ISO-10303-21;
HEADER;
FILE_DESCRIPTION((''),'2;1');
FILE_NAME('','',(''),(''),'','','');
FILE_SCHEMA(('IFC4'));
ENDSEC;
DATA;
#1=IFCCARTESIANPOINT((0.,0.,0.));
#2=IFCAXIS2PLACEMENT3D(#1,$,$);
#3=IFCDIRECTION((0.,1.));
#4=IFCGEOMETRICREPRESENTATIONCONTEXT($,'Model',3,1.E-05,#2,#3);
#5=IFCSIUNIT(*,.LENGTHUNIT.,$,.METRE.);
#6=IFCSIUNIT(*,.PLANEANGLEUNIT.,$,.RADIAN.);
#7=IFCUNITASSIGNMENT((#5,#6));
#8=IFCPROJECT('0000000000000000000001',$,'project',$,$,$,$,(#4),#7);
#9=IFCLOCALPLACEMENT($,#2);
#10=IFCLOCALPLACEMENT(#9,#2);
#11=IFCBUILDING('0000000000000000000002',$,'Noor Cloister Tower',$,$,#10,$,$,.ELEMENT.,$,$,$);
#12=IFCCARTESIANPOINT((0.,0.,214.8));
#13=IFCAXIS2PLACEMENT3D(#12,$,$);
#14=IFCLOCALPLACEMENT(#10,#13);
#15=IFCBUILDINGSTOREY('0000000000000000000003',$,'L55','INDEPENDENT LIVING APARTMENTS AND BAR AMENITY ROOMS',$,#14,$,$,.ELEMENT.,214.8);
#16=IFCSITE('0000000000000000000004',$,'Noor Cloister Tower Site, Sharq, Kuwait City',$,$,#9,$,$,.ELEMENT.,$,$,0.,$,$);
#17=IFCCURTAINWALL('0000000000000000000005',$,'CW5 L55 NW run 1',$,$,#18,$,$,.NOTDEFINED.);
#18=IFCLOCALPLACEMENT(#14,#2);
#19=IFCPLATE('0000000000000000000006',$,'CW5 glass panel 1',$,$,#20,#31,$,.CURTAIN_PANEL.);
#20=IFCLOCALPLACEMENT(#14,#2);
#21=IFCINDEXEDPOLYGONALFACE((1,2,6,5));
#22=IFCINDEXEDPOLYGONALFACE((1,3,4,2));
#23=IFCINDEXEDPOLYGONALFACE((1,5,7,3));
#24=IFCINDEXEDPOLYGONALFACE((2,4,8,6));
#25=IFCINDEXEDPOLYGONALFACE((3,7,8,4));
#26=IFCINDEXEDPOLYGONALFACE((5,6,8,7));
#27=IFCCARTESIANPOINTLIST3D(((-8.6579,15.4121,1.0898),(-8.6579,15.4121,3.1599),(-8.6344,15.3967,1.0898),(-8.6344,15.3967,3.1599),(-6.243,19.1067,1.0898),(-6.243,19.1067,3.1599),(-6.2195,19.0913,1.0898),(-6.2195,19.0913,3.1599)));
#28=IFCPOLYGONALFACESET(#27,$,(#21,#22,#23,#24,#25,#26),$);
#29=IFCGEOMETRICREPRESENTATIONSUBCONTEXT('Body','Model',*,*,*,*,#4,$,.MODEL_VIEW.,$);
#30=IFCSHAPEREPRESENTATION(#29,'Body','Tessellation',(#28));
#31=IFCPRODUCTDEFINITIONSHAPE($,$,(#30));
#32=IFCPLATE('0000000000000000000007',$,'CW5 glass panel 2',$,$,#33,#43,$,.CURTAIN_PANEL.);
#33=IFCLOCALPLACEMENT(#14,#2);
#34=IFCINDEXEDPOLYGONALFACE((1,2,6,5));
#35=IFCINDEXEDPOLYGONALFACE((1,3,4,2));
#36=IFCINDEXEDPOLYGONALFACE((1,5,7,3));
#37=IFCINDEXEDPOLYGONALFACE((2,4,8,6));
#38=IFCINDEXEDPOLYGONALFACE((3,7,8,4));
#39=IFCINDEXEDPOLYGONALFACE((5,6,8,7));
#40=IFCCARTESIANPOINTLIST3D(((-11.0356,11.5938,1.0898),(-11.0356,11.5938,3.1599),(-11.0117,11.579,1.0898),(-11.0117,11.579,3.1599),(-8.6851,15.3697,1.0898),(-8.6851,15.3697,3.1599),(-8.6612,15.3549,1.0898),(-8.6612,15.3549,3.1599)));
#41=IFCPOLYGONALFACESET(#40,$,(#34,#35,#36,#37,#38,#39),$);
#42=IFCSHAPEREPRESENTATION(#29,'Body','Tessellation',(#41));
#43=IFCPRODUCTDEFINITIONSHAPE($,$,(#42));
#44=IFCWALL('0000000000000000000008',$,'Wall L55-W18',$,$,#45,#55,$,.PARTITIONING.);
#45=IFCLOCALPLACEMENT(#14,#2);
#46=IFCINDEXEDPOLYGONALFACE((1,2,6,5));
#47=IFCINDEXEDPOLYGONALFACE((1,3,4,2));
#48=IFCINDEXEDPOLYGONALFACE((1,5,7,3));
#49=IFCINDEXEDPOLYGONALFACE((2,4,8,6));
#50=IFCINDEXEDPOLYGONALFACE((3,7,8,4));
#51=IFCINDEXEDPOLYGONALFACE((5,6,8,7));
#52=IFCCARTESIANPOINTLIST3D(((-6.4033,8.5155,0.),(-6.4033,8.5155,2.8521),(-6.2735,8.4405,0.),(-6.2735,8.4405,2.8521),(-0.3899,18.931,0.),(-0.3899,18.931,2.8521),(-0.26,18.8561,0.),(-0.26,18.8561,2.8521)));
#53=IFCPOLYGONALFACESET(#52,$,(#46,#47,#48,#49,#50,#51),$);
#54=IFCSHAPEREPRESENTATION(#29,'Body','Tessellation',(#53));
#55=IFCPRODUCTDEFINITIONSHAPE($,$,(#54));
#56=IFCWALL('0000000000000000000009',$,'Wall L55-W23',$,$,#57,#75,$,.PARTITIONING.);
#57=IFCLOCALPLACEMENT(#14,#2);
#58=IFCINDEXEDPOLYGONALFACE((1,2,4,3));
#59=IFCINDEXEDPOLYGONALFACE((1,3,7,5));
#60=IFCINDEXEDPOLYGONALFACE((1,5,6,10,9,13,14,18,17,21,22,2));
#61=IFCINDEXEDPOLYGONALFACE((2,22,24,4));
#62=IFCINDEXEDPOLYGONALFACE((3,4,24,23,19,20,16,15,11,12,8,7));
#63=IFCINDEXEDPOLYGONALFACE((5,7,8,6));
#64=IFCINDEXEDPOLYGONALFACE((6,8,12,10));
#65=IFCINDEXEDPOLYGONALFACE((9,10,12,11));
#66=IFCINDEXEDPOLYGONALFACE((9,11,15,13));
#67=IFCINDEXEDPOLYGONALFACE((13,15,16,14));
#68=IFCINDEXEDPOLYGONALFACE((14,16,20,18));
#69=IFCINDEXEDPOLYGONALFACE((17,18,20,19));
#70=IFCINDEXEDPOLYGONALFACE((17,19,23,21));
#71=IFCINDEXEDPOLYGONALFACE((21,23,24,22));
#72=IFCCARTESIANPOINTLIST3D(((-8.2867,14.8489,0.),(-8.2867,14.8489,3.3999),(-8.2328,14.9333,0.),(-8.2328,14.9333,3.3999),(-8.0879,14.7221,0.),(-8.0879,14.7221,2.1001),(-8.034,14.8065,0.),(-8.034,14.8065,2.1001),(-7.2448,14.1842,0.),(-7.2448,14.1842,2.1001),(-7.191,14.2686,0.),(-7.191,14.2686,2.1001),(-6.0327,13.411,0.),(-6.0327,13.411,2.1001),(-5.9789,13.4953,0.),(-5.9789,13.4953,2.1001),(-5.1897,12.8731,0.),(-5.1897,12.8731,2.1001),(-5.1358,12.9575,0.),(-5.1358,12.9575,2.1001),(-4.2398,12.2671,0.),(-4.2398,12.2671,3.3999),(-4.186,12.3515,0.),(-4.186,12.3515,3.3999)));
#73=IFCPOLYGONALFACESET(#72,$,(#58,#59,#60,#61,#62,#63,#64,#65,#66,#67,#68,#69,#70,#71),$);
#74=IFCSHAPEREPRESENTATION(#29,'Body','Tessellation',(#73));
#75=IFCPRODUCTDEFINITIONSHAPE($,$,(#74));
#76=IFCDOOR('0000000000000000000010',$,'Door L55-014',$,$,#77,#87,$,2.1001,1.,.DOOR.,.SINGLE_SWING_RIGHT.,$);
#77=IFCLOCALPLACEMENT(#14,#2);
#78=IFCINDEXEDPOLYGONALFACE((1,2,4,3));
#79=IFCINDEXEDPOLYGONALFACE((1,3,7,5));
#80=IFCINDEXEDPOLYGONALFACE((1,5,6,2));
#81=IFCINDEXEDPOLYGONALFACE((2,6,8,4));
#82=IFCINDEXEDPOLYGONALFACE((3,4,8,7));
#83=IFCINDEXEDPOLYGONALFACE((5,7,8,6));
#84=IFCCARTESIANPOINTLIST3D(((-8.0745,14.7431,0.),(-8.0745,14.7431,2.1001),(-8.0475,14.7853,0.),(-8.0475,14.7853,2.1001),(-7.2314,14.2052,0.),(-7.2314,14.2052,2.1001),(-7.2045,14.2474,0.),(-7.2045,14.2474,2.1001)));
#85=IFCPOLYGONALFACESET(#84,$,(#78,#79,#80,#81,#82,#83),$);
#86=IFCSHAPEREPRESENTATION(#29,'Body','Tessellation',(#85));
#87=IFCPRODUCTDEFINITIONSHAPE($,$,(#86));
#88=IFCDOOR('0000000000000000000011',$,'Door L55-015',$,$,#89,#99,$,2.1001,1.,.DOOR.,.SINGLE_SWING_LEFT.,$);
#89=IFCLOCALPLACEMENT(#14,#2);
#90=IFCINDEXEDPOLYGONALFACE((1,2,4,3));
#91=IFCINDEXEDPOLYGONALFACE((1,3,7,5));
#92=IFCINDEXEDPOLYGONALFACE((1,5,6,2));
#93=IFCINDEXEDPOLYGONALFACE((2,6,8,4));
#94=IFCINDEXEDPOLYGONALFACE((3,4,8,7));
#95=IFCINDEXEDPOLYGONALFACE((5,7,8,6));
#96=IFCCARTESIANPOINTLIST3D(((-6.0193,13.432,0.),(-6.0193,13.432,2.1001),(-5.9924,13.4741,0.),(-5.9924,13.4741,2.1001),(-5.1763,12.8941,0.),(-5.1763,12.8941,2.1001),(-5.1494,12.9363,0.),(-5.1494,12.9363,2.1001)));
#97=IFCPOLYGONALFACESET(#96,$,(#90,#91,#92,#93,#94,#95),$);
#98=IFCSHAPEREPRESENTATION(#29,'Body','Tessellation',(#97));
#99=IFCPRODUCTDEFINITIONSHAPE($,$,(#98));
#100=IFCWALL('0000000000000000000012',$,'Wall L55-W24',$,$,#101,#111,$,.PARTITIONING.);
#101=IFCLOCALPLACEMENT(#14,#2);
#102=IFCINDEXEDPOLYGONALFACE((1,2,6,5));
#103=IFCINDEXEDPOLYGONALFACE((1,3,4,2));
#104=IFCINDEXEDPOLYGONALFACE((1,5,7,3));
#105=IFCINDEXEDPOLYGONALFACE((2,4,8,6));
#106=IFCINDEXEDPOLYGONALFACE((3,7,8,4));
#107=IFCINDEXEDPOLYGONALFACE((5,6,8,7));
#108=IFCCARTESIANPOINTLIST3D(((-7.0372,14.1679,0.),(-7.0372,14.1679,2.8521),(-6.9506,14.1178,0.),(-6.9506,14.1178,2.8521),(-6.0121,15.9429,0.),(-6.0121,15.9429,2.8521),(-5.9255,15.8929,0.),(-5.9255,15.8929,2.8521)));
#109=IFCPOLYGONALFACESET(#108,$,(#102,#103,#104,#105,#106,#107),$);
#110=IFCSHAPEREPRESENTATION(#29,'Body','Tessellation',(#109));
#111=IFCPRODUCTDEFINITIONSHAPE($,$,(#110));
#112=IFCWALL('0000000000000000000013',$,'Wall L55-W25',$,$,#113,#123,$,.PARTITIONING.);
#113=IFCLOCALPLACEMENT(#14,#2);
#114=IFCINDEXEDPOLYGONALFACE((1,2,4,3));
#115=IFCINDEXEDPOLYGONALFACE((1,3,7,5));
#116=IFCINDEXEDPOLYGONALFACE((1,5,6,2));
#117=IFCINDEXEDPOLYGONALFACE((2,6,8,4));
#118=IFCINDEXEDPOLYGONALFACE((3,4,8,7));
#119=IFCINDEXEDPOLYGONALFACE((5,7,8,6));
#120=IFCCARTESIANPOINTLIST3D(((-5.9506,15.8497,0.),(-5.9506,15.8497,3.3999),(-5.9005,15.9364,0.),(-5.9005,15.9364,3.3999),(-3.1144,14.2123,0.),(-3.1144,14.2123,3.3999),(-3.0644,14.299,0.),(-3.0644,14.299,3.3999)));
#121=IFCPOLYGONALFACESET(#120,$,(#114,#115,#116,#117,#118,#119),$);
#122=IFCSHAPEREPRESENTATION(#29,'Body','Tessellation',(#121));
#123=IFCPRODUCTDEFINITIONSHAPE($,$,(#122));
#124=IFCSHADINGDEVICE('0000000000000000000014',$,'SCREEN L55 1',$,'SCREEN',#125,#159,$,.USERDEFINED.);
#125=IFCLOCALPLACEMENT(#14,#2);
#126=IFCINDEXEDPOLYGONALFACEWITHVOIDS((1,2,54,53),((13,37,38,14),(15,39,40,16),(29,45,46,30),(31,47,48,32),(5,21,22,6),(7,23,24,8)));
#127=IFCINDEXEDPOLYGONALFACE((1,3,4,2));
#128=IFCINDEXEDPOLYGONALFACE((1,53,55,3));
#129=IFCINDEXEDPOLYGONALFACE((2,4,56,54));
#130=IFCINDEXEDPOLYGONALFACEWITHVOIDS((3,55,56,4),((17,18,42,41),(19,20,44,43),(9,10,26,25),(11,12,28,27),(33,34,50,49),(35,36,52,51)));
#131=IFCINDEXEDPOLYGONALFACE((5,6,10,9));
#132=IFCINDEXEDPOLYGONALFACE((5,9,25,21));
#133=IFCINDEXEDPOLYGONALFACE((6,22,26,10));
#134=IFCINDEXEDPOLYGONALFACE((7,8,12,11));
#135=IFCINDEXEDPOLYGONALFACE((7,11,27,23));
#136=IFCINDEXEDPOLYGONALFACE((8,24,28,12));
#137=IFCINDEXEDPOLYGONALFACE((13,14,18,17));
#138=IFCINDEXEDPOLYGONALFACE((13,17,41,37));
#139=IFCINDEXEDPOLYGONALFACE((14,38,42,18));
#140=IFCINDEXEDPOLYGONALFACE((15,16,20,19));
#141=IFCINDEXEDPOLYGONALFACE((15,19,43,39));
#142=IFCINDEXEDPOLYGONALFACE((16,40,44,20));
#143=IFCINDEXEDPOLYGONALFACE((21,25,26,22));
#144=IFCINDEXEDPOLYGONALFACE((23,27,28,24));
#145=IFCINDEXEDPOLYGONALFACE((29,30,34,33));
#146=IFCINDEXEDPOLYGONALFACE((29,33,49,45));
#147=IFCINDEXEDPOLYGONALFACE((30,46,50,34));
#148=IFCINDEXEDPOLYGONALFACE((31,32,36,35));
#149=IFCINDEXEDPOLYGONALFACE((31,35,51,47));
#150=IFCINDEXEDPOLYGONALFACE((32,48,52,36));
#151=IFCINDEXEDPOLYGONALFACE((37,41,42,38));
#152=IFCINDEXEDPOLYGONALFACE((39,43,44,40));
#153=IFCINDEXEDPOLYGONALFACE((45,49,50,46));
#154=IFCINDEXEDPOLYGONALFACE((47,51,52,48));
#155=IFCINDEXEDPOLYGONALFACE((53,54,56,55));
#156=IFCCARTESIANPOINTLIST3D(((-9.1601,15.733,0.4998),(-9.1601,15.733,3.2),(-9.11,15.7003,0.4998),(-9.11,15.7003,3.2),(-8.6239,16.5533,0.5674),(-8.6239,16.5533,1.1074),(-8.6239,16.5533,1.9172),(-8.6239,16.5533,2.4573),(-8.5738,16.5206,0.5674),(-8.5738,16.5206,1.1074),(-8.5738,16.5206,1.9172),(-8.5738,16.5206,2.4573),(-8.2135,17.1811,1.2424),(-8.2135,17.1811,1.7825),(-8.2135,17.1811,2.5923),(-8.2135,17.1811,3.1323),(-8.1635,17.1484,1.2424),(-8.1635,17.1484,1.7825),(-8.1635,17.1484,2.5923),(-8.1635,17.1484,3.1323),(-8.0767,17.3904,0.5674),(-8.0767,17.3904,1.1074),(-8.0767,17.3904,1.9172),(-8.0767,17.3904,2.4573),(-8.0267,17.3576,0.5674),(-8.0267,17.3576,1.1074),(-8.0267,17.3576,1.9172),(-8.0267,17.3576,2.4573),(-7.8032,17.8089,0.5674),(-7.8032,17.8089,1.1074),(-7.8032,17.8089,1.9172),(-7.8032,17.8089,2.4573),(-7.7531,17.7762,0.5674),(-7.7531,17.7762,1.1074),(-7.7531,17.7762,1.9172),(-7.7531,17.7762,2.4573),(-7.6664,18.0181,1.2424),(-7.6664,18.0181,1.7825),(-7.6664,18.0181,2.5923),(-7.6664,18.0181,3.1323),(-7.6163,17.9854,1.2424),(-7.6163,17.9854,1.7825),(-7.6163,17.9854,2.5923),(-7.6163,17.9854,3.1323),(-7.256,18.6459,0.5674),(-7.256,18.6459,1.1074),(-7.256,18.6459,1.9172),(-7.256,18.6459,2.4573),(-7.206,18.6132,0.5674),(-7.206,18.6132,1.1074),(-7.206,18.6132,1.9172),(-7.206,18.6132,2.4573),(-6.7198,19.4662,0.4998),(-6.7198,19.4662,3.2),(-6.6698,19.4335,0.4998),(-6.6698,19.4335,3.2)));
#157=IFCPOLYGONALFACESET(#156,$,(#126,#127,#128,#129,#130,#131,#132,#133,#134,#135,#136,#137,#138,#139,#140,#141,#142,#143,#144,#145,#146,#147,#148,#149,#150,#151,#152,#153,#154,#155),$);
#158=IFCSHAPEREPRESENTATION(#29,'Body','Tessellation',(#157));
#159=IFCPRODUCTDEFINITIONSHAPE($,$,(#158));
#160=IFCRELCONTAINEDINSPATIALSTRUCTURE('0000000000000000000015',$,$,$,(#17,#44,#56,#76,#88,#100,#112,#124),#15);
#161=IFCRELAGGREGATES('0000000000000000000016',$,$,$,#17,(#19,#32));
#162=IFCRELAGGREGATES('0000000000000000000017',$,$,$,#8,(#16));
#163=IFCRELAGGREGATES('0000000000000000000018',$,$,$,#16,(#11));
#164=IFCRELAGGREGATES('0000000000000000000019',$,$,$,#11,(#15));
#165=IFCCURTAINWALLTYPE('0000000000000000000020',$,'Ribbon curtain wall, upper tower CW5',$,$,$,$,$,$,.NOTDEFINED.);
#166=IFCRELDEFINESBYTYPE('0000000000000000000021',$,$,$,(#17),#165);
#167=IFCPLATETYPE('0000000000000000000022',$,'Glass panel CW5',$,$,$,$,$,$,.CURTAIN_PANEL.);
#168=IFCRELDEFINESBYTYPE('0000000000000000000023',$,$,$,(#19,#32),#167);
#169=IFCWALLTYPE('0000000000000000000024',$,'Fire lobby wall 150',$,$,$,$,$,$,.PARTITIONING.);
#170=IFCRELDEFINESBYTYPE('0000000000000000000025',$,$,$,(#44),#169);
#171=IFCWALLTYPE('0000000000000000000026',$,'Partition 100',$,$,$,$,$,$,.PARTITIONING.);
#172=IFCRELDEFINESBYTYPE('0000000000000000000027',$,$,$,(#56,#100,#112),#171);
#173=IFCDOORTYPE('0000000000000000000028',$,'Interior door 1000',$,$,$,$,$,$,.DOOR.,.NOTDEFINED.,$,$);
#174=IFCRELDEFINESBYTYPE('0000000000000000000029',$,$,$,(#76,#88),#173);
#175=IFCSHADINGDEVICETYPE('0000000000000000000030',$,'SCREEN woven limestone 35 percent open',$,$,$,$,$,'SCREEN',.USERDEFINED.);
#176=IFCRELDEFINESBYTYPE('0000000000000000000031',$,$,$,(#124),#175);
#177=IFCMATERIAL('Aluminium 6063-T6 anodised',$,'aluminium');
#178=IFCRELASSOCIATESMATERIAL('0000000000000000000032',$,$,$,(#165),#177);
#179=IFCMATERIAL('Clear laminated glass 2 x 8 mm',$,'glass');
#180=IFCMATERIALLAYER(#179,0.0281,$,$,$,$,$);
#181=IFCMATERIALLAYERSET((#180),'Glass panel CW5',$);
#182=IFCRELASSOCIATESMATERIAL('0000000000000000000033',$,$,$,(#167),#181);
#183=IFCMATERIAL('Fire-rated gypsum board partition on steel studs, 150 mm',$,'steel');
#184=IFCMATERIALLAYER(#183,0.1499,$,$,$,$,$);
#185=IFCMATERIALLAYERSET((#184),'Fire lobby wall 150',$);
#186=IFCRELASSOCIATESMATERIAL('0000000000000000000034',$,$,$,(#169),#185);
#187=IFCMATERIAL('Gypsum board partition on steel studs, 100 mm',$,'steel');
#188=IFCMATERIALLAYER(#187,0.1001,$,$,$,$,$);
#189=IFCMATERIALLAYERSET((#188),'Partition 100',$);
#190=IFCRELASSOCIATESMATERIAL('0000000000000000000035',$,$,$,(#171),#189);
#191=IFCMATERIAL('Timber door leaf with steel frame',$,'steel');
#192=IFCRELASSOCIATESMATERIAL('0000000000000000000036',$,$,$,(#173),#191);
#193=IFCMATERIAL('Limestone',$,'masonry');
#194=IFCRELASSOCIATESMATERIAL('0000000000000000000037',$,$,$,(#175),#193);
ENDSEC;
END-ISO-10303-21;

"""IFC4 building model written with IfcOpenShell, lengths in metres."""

from ifc_helpers import new_model, si_unit, direction, frame, frame_2d, origin, origin_2d, place, context, subcontext, project, spatial, polyline, rectangle, outline, extrude, material, layer, layer_set, material_profile, profile_set, type_object, element, fill, aggregate, save


model = new_model("IFC4")

# Units and contexts
model_context = context("Model", 3, precision=1e-05, world=origin(), true_north=direction((0.0, 1.0)))
body_context = subcontext(model_context, "Body", "Model", "MODEL_VIEW")
ifc_project = project(units=[si_unit("LENGTHUNIT", "METRE"), si_unit("PLANEANGLEUNIT", "RADIAN")], contexts=[model_context])

# Site, building, storey
site_placement = place(None, origin())
site = spatial("IfcSite", under=ifc_project, at=site_placement, Name="Noor Cloister Tower Site, Sharq, Kuwait City", CompositionType="ELEMENT", RefElevation=0.0)
building_placement = place(site_placement, origin())
building = spatial("IfcBuilding", under=site, at=building_placement, Name="Noor Cloister Tower", CompositionType="ELEMENT")
storey_placement = place(building_placement, frame((0.0, 0.0, 214.8)))
storey = spatial("IfcBuildingStorey", under=building, at=storey_placement, Name="L55", Description="INDEPENDENT LIVING APARTMENTS AND BAR AMENITY ROOMS", CompositionType="ELEMENT", Elevation=214.8)

# Curtain wall
ifc_material_1 = material(Name="Aluminium 6063-T6 anodised", Category="aluminium")
curtain_wall_type = type_object("IfcCurtainWallType", Name="Ribbon curtain wall, upper tower CW5", PredefinedType="NOTDEFINED", material=ifc_material_1)
curtain_wall_placement = place(storey_placement, origin())
curtain_wall = element("IfcCurtainWall", 1, at=curtain_wall_placement, inside=storey, type_object=curtain_wall_type, Name="CW5 L55 NW run 1", PredefinedType="NOTDEFINED")

# Plates
ifc_material_2 = material(Name="Clear laminated glass 2 x 8 mm", Category="glass")
ifc_layer_1 = layer(ifc_material_2, 0.0281)
ifc_layer_set_1 = layer_set([ifc_layer_1], Name="Glass panel CW5")
plate_type = type_object("IfcPlateType", Name="Glass panel CW5", PredefinedType="CURTAIN_PANEL", material=ifc_layer_set_1)
plate_1_placement = place(storey_placement, frame((-7.4387, 17.2517, 1.0898), z_axis=(0.0, 0.0, 1.0), x_axis=(-0.547131, -0.837047, 0.0)))
plate_1 = element("IfcPlate", 2, at=plate_1_placement, type_object=plate_type, Name="CW5 glass panel 1", PredefinedType="CURTAIN_PANEL", context=body_context, shape_type="SweptSolid", body=[
    extrude(rectangle(XDim=4.4138, YDim=0.0281, at=origin_2d()), origin(), (0.0, 0.0, 1.0), 2.0701),
])
plate_2_placement = place(storey_placement, frame((-9.8484, 13.4744, 1.0898), z_axis=(0.0, 0.0, 1.0), x_axis=(-0.528471, -0.848951, 0.0)))
plate_2 = element("IfcPlate", 3, at=plate_2_placement, type_object=plate_type, Name="CW5 glass panel 2", PredefinedType="CURTAIN_PANEL", context=body_context, shape_type="SweptSolid", body=[
    extrude(rectangle(XDim=4.4478, YDim=0.0281, at=origin_2d()), origin(), (0.0, 0.0, 1.0), 2.0701),
])
aggregate(curtain_wall, [plate_1, plate_2])

# Wall
ifc_material_3 = material(Name="Fire-rated gypsum board partition on steel studs, 150 mm", Category="steel")
ifc_layer_2 = layer(ifc_material_3, 0.1499)
ifc_layer_set_2 = layer_set([ifc_layer_2], Name="Fire lobby wall 150")
wall_type_1 = type_object("IfcWallType", Name="Fire lobby wall 150", PredefinedType="PARTITIONING", material=ifc_layer_set_2)
wall_1_placement = place(storey_placement, frame((-0.325, 18.8936, 0.0), z_axis=(0.0, 0.0, 1.0), x_axis=(-0.500001, -0.866025, 0.0)))
element("IfcWall", 4, at=wall_1_placement, inside=storey, type_object=wall_type_1, Name="Wall L55-W18", PredefinedType="PARTITIONING", context=body_context, shape_type="SweptSolid", body=[
    extrude(rectangle(XDim=12.0269, YDim=0.1499, at=frame_2d((6.0134, 0.0))), origin(), (0.0, 0.0, 1.0), 2.8521),
])

# Wall, openings, doors
ifc_material_4 = material(Name="Gypsum board partition on steel studs, 100 mm", Category="steel")
ifc_layer_3 = layer(ifc_material_4, 0.1001)
ifc_layer_set_3 = layer_set([ifc_layer_3], Name="Partition 100")
wall_type_2 = type_object("IfcWallType", Name="Partition 100", PredefinedType="PARTITIONING", material=ifc_layer_set_3)
wall_2_placement = place(storey_placement, frame((-8.2598, 14.8911, 0.0), z_axis=(0.0, 0.0, 1.0), x_axis=(0.843047, -0.537839, 0.0)))
wall_2 = element("IfcWall", 5, at=wall_2_placement, inside=storey, type_object=wall_type_2, Name="Wall L55-W23", PredefinedType="PARTITIONING", context=body_context, shape_type="SweptSolid", body=[
    extrude(rectangle(XDim=4.8003, YDim=0.1001, at=frame_2d((2.4001, 0.0))), origin(), (0.0, 0.0, 1.0), 3.3999),
])
opening_1_placement = place(wall_2_placement, frame((0.2358, 0.0, 0.0)))
opening_1 = element("IfcOpeningElement", 6, at=opening_1_placement, cuts=wall_2, PredefinedType="OPENING", context=body_context, shape_type="SweptSolid", body=[
    extrude(rectangle(XDim=1.0, YDim=2.1001, at=frame_2d((0.5, 1.05))), frame((0.0, 0.0601, 0.0), z_axis=(0.0, -1.0, 0.0), x_axis=(1.0, 0.0, 0.0)), (0.0, 0.0, 1.0), 0.1201),
])
opening_2_placement = place(wall_2_placement, frame((2.6736, 0.0, 0.0)))
opening_2 = element("IfcOpeningElement", 7, at=opening_2_placement, cuts=wall_2, PredefinedType="OPENING", context=body_context, shape_type="SweptSolid", body=[
    extrude(rectangle(XDim=1.0, YDim=2.1001, at=frame_2d((0.5, 1.05))), frame((0.0, 0.0601, 0.0), z_axis=(0.0, -1.0, 0.0), x_axis=(1.0, 0.0, 0.0)), (0.0, 0.0, 1.0), 0.1201),
])
ifc_material_5 = material(Name="Timber door leaf with steel frame", Category="steel")
door_type = type_object("IfcDoorType", Name="Interior door 1000", OperationType="NOTDEFINED", PredefinedType="DOOR", material=ifc_material_5)
door_1_placement = place(opening_1_placement, origin())
door_1 = element("IfcDoor", 8, at=door_1_placement, inside=storey, type_object=door_type, Name="Door L55-014", OperationType="SINGLE_SWING_RIGHT", OverallHeight=2.1001, OverallWidth=1.0, PredefinedType="DOOR", context=body_context, shape_type="SweptSolid", body=[
    extrude(rectangle(XDim=1.0, YDim=2.1001, at=frame_2d((0.5, 1.05))), frame((0.0, 0.0249, 0.0), z_axis=(0.0, -1.0, 0.0), x_axis=(1.0, 0.0, 0.0)), (0.0, 0.0, 1.0), 0.05),
])
fill(opening_1, door_1)
door_2_placement = place(opening_2_placement, origin())
door_2 = element("IfcDoor", 9, at=door_2_placement, inside=storey, type_object=door_type, Name="Door L55-015", OperationType="SINGLE_SWING_LEFT", OverallHeight=2.1001, OverallWidth=1.0, PredefinedType="DOOR", context=body_context, shape_type="SweptSolid", body=[
    extrude(rectangle(XDim=1.0, YDim=2.1001, at=frame_2d((0.5, 1.05))), frame((0.0, 0.0249, 0.0), z_axis=(0.0, -1.0, 0.0), x_axis=(1.0, 0.0, 0.0)), (0.0, 0.0, 1.0), 0.05),
])
fill(opening_2, door_2)

# Walls
wall_3_placement = place(storey_placement, frame((-6.9939, 14.1428, 0.0), z_axis=(0.0, 0.0, 1.0), x_axis=(0.500097, 0.865969, 0.0)))
element("IfcWall", 10, at=wall_3_placement, inside=storey, type_object=wall_type_2, Name="Wall L55-W24", PredefinedType="PARTITIONING", context=body_context, shape_type="SweptSolid", body=[
    extrude(rectangle(XDim=2.0498, YDim=0.1001, at=frame_2d((1.0249, 0.0))), origin(), (0.0, 0.0, 1.0), 2.8521),
])
wall_4_placement = place(storey_placement, frame((-5.9255, 15.8931, 0.0), z_axis=(0.0, 0.0, 1.0), x_axis=(0.866028, -0.499996, 0.0)))
element("IfcWall", 11, at=wall_4_placement, inside=storey, type_object=wall_type_2, Name="Wall L55-W25", PredefinedType="PARTITIONING", context=body_context, shape_type="SweptSolid", body=[
    extrude(rectangle(XDim=3.2749, YDim=0.1001, at=frame_2d((1.6375, 0.0))), origin(), (0.0, 0.0, 1.0), 3.3999),
])

# Shading device
ifc_material_6 = material(Name="Limestone", Category="masonry")
ifc_material_profile_1 = material_profile(ifc_material_6, outline(polyline([(-2.23, -1.3501), (2.23, -1.3501), (2.23, 1.3501), (-2.23, 1.3501), (-2.23, -1.3501)]), holes=[polyline([(-1.25, -1.2825), (-0.25, -1.2825), (-0.25, -0.7424), (-1.25, -0.7424), (-1.25, -1.2825)]), polyline([(0.25, -1.2825), (1.25, -1.2825), (1.25, -0.7424), (0.25, -0.7424), (0.25, -1.2825)]), polyline([(-0.5, -0.6074), (0.5, -0.6074), (0.5, -0.0674), (-0.5, -0.0674), (-0.5, -0.6074)]), polyline([(-1.25, 0.0674), (-0.25, 0.0674), (-0.25, 0.6074), (-1.25, 0.6074), (-1.25, 0.0674)]), polyline([(0.25, 0.0674), (1.25, 0.0674), (1.25, 0.6074), (0.25, 0.6074), (0.25, 0.0674)]), polyline([(-0.5, 0.7424), (0.5, 0.7424), (0.5, 1.2825), (-0.5, 1.2825), (-0.5, 0.7424)])]), Name="Woven screen 35 percent open")
ifc_profile_set_1 = profile_set([ifc_material_profile_1], Name="Limestone")
shading_device_type = type_object("IfcShadingDeviceType", Name="SCREEN woven limestone 35 percent open", ElementType="SCREEN", PredefinedType="USERDEFINED", material=ifc_profile_set_1)
shading_device_1_placement = place(storey_placement, frame((-7.8899, 17.5669, 1.8499), z_axis=(-0.837042, 0.547139, 0.0), x_axis=(-0.547139, -0.837042, 0.0)))
element("IfcShadingDevice", 12, at=shading_device_1_placement, inside=storey, type_object=shading_device_type, Name="SCREEN L55 1", ObjectType="SCREEN", PredefinedType="USERDEFINED", context=body_context, shape_type="SweptSolid", body=[
    extrude(outline(polyline([(-2.23, -1.3501), (2.23, -1.3501), (2.23, 1.3501), (-2.23, 1.3501), (-2.23, -1.3501)]), holes=[polyline([(-1.25, -1.2825), (-0.25, -1.2825), (-0.25, -0.7424), (-1.25, -0.7424), (-1.25, -1.2825)]), polyline([(0.25, -1.2825), (1.25, -1.2825), (1.25, -0.7424), (0.25, -0.7424), (0.25, -1.2825)]), polyline([(-0.5, -0.6074), (0.5, -0.6074), (0.5, -0.0674), (-0.5, -0.0674), (-0.5, -0.6074)]), polyline([(-1.25, 0.0674), (-0.25, 0.0674), (-0.25, 0.6074), (-1.25, 0.6074), (-1.25, 0.0674)]), polyline([(0.25, 0.0674), (1.25, 0.0674), (1.25, 0.6074), (0.25, 0.6074), (0.25, 0.0674)]), polyline([(-0.5, 0.7424), (0.5, 0.7424), (0.5, 1.2825), (-0.5, 1.2825), (-0.5, 0.7424)])]), origin(), (0.0, 0.0, 1.0), 0.0598),
])

save(model, "model.ifc")
